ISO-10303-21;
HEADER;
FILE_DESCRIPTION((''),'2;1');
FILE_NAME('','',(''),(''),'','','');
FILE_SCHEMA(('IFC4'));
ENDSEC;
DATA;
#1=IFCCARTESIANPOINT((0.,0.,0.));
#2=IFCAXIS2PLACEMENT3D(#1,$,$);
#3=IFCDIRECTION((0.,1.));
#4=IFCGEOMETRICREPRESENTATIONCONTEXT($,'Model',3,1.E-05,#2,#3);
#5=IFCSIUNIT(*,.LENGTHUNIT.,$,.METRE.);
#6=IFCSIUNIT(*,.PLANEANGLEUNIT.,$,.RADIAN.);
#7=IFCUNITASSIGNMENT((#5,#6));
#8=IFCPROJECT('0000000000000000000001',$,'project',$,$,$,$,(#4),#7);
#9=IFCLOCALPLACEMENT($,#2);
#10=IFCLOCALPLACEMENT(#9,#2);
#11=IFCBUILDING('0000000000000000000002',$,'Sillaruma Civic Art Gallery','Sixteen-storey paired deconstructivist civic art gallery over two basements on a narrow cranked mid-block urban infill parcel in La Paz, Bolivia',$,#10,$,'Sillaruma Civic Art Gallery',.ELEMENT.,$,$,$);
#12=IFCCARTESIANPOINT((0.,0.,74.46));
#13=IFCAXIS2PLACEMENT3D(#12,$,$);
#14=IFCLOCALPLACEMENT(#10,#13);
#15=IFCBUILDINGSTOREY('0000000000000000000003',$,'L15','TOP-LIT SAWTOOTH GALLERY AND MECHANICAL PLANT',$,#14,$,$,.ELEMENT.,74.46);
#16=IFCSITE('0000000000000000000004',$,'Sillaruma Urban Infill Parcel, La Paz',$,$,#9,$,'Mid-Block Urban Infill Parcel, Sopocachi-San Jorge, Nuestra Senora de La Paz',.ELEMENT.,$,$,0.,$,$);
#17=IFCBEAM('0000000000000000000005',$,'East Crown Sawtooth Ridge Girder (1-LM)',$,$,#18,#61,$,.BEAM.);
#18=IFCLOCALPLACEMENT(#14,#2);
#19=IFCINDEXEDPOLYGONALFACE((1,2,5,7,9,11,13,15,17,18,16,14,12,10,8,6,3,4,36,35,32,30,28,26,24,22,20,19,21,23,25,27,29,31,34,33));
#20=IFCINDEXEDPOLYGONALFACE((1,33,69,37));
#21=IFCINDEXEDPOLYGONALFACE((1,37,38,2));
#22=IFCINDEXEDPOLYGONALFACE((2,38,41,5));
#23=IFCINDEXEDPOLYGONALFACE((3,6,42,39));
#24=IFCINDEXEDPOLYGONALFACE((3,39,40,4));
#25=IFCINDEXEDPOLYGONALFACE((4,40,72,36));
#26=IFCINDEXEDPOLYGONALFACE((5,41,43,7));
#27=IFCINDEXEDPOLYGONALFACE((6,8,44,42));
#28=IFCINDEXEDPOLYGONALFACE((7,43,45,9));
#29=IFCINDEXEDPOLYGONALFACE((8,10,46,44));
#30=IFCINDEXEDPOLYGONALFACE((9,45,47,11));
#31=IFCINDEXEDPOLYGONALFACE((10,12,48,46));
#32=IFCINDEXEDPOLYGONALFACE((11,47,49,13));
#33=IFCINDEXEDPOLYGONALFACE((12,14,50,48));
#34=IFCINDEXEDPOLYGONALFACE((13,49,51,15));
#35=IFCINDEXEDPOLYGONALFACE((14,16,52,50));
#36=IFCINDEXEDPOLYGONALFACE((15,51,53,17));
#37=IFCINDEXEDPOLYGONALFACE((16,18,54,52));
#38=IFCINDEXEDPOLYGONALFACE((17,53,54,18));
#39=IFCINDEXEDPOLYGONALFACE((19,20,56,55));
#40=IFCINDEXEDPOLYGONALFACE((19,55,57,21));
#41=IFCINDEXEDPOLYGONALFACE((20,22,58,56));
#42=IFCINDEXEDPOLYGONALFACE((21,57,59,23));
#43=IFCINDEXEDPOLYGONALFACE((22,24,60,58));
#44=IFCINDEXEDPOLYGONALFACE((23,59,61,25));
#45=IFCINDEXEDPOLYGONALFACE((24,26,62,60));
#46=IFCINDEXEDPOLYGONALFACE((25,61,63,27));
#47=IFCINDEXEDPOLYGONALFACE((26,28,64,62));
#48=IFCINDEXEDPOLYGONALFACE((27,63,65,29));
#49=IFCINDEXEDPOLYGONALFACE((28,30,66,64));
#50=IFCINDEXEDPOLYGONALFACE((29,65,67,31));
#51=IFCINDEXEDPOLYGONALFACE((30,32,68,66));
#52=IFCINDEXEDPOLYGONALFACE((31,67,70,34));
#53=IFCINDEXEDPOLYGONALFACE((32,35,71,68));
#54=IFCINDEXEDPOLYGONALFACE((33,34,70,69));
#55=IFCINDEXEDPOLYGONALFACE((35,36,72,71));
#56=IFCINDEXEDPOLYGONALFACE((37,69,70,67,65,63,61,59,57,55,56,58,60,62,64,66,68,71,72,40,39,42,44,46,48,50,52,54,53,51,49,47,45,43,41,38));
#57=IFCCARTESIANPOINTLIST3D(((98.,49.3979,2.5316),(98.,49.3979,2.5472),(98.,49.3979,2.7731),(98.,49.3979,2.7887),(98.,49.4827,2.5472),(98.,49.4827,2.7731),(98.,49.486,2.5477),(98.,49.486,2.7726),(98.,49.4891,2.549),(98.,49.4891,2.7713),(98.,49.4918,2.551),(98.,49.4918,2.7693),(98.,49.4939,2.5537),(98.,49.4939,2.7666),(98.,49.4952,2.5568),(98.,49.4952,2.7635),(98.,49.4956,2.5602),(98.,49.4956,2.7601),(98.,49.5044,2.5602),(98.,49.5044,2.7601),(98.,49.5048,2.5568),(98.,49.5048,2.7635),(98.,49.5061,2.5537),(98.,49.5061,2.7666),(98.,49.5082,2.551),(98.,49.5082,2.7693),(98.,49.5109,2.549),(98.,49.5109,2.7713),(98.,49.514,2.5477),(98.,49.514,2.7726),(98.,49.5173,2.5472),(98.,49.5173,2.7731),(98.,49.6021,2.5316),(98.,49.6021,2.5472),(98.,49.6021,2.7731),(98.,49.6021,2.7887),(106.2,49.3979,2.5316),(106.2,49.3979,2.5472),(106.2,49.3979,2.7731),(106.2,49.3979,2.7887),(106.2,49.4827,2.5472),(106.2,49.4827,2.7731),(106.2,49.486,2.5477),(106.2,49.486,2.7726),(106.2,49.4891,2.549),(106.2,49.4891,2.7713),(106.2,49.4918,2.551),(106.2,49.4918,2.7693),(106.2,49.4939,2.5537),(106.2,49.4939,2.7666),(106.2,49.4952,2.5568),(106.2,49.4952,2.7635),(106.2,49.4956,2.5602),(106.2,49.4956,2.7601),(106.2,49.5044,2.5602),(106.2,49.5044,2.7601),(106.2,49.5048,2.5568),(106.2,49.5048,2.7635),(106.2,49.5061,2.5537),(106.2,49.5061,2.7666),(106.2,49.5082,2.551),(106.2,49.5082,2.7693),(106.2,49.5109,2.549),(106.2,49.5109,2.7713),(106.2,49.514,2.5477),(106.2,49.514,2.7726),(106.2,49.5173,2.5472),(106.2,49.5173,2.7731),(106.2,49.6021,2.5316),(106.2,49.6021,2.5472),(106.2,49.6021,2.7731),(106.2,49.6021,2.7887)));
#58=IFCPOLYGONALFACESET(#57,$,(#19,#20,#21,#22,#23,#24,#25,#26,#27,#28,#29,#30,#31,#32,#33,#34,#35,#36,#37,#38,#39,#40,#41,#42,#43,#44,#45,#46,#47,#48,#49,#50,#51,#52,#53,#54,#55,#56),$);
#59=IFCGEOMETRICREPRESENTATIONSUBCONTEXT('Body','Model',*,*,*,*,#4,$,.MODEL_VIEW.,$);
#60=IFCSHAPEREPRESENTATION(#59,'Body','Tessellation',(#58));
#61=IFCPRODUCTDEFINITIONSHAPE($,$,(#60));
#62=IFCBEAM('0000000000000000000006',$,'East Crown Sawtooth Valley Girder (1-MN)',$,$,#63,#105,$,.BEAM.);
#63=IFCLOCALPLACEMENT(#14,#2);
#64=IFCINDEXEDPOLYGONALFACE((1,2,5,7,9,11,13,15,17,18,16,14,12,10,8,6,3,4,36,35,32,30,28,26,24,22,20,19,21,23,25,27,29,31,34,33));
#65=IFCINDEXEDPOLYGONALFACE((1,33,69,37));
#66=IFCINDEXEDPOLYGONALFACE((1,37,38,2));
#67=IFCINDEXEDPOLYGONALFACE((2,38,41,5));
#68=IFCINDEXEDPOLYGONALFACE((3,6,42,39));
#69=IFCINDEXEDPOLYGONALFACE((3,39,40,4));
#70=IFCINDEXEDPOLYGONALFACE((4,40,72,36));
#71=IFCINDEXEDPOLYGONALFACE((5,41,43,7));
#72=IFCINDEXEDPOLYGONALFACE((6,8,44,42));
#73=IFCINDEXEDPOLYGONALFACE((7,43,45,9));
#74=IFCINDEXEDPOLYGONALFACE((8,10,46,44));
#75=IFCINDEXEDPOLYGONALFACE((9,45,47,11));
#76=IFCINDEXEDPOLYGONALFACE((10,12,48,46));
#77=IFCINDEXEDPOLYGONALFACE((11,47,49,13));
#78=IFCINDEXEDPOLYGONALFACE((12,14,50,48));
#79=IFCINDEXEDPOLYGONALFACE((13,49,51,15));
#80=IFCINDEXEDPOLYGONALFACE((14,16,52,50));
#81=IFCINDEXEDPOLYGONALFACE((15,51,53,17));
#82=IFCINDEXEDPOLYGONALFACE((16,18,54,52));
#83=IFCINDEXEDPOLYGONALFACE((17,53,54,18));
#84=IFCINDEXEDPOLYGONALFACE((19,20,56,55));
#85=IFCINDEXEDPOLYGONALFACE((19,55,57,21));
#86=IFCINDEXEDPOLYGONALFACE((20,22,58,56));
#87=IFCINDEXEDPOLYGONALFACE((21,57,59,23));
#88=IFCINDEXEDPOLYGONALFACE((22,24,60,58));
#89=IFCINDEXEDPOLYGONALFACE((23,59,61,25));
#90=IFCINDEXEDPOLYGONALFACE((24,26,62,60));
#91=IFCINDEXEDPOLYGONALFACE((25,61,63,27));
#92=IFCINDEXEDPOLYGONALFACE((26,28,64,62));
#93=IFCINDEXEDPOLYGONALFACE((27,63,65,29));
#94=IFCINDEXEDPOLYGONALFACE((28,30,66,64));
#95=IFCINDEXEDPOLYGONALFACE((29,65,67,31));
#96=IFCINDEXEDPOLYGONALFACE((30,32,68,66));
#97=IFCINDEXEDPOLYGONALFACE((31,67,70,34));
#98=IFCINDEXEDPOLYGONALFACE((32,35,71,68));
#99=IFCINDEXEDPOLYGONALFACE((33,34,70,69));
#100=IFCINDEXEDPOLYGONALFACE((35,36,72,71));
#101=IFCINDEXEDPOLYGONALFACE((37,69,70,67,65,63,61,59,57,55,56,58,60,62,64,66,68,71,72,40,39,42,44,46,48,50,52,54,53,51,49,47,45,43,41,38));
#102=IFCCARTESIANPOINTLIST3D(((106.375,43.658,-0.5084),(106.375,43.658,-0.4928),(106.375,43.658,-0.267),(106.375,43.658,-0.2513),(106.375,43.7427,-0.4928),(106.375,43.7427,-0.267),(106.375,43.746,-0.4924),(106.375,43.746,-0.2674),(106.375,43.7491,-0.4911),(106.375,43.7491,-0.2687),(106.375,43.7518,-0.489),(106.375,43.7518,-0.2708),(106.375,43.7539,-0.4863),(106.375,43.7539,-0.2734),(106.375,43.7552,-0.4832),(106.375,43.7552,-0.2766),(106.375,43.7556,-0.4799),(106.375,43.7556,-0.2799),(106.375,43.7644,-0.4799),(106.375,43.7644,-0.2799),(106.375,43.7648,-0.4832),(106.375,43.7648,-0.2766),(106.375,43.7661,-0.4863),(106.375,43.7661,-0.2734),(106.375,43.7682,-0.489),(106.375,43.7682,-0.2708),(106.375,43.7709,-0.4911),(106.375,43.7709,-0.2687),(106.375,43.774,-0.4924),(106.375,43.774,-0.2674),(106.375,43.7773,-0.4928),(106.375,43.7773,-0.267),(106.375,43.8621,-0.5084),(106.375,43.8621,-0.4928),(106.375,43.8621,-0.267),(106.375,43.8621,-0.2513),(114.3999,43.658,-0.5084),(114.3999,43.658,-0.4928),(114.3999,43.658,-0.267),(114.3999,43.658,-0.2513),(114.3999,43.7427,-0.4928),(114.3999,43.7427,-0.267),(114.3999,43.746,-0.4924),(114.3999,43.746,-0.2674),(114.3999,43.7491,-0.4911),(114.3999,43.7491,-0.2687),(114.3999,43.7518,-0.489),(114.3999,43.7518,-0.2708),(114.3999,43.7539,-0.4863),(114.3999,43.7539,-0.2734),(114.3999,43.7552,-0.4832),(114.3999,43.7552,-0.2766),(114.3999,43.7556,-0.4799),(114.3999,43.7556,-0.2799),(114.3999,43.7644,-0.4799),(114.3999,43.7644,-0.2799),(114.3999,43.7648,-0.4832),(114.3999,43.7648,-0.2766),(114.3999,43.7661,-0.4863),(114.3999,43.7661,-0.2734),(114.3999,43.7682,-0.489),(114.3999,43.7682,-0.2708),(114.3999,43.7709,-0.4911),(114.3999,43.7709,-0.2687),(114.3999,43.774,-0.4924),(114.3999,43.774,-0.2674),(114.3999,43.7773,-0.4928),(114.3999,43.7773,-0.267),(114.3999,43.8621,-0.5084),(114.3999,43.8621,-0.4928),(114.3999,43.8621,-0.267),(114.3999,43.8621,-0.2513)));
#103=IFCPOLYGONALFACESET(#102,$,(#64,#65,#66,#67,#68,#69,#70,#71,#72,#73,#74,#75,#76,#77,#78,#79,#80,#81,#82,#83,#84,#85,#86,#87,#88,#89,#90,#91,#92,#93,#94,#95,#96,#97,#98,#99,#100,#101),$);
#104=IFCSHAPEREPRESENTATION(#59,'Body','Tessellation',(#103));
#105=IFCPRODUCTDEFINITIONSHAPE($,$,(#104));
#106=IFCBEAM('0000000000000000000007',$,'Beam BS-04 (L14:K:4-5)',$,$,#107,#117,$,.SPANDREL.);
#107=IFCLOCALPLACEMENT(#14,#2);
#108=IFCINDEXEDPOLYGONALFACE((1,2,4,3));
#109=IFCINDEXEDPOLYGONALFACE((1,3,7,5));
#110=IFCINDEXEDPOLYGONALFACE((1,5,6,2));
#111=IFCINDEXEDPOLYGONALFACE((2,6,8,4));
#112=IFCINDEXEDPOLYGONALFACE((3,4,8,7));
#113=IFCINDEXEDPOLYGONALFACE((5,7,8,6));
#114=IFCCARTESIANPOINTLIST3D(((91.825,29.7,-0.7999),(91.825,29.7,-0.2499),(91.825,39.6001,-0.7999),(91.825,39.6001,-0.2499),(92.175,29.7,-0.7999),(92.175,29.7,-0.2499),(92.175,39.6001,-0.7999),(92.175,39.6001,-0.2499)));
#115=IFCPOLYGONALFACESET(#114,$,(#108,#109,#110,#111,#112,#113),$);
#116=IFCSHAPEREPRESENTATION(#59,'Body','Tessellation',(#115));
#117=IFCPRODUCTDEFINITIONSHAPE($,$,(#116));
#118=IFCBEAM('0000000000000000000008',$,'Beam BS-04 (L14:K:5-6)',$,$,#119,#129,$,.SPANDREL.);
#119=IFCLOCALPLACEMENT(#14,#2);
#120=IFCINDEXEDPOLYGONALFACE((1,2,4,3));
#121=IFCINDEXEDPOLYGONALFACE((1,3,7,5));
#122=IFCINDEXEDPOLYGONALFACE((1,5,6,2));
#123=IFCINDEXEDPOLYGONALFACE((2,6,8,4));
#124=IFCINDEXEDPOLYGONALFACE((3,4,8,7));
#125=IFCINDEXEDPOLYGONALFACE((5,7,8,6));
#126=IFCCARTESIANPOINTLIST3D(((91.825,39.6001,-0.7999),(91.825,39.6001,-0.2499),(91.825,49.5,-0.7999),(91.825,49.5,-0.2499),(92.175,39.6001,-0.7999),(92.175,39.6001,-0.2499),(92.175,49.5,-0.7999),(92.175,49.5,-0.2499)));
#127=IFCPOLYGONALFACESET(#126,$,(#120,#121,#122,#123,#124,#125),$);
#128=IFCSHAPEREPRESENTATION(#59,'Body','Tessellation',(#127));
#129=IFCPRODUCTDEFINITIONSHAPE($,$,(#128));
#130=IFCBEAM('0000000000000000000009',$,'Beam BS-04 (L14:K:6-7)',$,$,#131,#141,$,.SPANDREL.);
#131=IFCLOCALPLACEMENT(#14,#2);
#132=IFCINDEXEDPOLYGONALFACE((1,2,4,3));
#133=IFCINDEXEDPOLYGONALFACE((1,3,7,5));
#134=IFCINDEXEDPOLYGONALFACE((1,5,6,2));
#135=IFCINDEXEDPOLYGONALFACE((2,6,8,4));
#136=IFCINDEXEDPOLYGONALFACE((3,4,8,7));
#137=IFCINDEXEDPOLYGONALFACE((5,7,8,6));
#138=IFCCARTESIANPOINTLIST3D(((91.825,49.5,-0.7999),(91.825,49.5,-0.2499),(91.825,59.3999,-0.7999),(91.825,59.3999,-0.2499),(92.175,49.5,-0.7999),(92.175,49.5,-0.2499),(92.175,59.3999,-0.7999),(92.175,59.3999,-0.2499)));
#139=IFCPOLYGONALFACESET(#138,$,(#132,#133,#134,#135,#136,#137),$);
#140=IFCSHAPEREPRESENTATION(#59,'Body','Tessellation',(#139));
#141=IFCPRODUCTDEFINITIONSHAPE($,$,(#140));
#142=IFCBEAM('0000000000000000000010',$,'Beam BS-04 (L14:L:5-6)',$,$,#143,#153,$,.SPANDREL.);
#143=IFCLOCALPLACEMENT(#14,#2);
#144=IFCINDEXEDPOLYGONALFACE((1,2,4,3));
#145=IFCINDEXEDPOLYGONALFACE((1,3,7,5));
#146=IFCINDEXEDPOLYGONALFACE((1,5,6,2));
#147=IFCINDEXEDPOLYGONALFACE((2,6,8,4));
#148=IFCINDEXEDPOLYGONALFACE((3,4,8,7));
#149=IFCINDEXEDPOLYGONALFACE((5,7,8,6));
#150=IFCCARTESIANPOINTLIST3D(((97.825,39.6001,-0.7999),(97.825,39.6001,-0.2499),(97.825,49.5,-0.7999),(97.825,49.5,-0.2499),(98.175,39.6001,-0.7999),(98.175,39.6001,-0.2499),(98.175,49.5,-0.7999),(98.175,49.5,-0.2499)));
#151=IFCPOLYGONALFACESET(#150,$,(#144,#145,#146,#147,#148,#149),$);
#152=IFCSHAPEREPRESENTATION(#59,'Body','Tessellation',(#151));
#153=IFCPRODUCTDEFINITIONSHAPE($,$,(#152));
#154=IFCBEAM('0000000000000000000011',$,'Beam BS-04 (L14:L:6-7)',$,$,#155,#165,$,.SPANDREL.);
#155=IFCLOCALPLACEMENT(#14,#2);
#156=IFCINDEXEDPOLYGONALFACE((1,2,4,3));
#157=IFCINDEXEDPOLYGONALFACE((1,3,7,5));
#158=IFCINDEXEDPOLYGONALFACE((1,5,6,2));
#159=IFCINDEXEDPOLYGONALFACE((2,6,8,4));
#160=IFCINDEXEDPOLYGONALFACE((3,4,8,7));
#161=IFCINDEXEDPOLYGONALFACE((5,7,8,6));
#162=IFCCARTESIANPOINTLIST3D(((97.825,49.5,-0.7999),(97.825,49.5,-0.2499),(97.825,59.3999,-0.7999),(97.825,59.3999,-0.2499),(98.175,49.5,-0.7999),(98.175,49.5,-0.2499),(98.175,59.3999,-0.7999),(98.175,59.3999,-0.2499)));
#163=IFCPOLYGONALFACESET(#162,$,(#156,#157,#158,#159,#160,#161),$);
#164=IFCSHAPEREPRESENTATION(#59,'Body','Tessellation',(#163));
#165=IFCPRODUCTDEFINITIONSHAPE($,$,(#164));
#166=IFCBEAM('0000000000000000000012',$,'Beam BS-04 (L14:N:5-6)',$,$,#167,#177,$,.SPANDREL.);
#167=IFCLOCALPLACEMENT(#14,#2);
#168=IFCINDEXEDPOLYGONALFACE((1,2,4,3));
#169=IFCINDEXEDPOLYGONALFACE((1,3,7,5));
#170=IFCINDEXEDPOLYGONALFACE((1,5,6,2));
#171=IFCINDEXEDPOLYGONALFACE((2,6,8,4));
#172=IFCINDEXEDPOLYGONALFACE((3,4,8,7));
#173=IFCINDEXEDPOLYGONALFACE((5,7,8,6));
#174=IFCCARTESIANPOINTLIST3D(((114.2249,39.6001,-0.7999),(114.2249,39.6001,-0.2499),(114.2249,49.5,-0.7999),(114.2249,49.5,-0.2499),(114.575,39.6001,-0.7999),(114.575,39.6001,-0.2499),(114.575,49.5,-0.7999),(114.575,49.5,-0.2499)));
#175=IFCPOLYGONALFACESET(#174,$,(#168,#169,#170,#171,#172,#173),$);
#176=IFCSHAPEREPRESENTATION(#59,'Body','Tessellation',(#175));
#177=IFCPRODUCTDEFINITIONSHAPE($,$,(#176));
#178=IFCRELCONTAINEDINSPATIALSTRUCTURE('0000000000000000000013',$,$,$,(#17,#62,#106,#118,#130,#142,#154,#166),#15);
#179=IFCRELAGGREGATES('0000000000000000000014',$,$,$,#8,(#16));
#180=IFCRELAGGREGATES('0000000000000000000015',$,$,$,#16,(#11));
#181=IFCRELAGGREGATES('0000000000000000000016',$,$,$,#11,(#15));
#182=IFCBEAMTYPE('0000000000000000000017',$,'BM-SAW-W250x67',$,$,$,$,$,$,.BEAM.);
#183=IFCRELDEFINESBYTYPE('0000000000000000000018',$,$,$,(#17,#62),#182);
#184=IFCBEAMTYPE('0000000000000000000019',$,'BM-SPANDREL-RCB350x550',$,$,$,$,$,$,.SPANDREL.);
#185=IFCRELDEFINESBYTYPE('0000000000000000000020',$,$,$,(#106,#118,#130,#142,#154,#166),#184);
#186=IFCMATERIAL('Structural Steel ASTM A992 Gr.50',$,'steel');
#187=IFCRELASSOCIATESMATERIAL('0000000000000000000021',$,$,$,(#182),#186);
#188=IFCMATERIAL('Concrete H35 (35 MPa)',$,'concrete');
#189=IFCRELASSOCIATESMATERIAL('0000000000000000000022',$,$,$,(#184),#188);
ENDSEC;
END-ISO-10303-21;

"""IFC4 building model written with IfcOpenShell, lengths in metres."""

from ifc_helpers import new_model, si_unit, direction, frame, origin, origin_2d, place, context, subcontext, project, spatial, rectangle, i_section, extrude, material, material_profile, profile_set, type_object, element, save


model = new_model("IFC4")

# Units and contexts
model_context = context("Model", 3, precision=1e-05, world=origin(), true_north=direction((0.0, 1.0)))
body_context = subcontext(model_context, "Body", "Model", "MODEL_VIEW")
ifc_project = project(units=[si_unit("LENGTHUNIT", "METRE"), si_unit("PLANEANGLEUNIT", "RADIAN")], contexts=[model_context])

# Site, building, storey
site_placement = place(None, origin())
site = spatial("IfcSite", under=ifc_project, at=site_placement, Name="Sillaruma Urban Infill Parcel, La Paz", LongName="Mid-Block Urban Infill Parcel, Sopocachi-San Jorge, Nuestra Senora de La Paz", CompositionType="ELEMENT", RefElevation=0.0)
building_placement = place(site_placement, origin())
building = spatial("IfcBuilding", under=site, at=building_placement, Name="Sillaruma Civic Art Gallery", Description="Sixteen-storey paired deconstructivist civic art gallery over two basements on a narrow cranked mid-block urban infill parcel in La Paz, Bolivia", LongName="Sillaruma Civic Art Gallery", CompositionType="ELEMENT")
storey_placement = place(building_placement, frame((0.0, 0.0, 74.46)))
storey = spatial("IfcBuildingStorey", under=building, at=storey_placement, Name="L15", Description="TOP-LIT SAWTOOTH GALLERY AND MECHANICAL PLANT", CompositionType="ELEMENT", Elevation=74.46)

# Beams
ifc_material_1 = material(Name="Concrete H35 (35 MPa)", Category="concrete")
ifc_material_2 = material(Name="Structural Steel ASTM A992 Gr.50", Category="steel")
ifc_material_profile_1 = material_profile(ifc_material_2, i_section(OverallWidth=0.2041, OverallDepth=0.2571, WebThickness=0.0088, FlangeThickness=0.0156, FilletRadius=0.0129, at=origin_2d()), Name="W250x67")
ifc_profile_set_1 = profile_set([ifc_material_profile_1], Name="Structural Steel ASTM A992 Gr.50")
beam_type_1 = type_object("IfcBeamType", Name="BM-SAW-W250x67", PredefinedType="BEAM", material=ifc_profile_set_1)
beam_1_placement = place(storey_placement, frame((98.0, 49.5, 2.6602), z_axis=(1.0, 0.0, 0.0), x_axis=(0.0, 1.0, 0.0)))
element("IfcBeam", 1, at=beam_1_placement, inside=storey, type_object=beam_type_1, Name="East Crown Sawtooth Ridge Girder (1-LM)", PredefinedType="BEAM", context=body_context, shape_type="SweptSolid", body=[
    extrude(i_section(OverallWidth=0.2041, OverallDepth=0.2571, WebThickness=0.0088, FlangeThickness=0.0156, FilletRadius=0.0129, at=origin_2d()), origin(), (0.0, 0.0, 1.0), 8.2),
])
beam_2_placement = place(storey_placement, frame((106.375, 43.76, -0.3799), z_axis=(1.0, 0.0, 0.0), x_axis=(0.0, 1.0, 0.0)))
element("IfcBeam", 2, at=beam_2_placement, inside=storey, type_object=beam_type_1, Name="East Crown Sawtooth Valley Girder (1-MN)", PredefinedType="BEAM", context=body_context, shape_type="SweptSolid", body=[
    extrude(i_section(OverallWidth=0.2041, OverallDepth=0.2571, WebThickness=0.0088, FlangeThickness=0.0156, FilletRadius=0.0129, at=origin_2d()), origin(), (0.0, 0.0, 1.0), 8.0249),
])
ifc_material_profile_2 = material_profile(ifc_material_1, rectangle(XDim=0.3501, YDim=0.55, at=origin_2d()), Name="RCB350x550")
ifc_profile_set_2 = profile_set([ifc_material_profile_2], Name="Concrete H35 (35 MPa)")
beam_type_2 = type_object("IfcBeamType", Name="BM-SPANDREL-RCB350x550", PredefinedType="SPANDREL", material=ifc_profile_set_2)
beam_3_placement = place(storey_placement, frame((92.0, 29.7, -0.5249), z_axis=(0.0, 1.0, 0.0), x_axis=(-1.0, 0.0, 0.0)))
element("IfcBeam", 3, at=beam_3_placement, inside=storey, type_object=beam_type_2, Name="Beam BS-04 (L14:K:4-5)", PredefinedType="SPANDREL", context=body_context, shape_type="SweptSolid", body=[
    extrude(rectangle(XDim=0.3501, YDim=0.55, at=origin_2d()), origin(), (0.0, 0.0, 1.0), 9.9001),
])
for number, where, z_axis, x_axis, name in (
    (4, (92.0, 39.6001, -0.5249), (0.0, 1.0, 0.0), (-1.0, 0.0, 0.0), "Beam BS-04 (L14:K:5-6)"),
    (5, (92.0, 49.5, -0.5249), (0.0, 1.0, 0.0), (-1.0, 0.0, 0.0), "Beam BS-04 (L14:K:6-7)"),
    (6, (98.0, 39.6001, -0.5249), (0.0, 1.0, 0.0), (-1.0, 0.0, 0.0), "Beam BS-04 (L14:L:5-6)"),
    (7, (98.0, 49.5, -0.5249), (0.0, 1.0, 0.0), (-1.0, 0.0, 0.0), "Beam BS-04 (L14:L:6-7)"),
    (8, (114.3999, 39.6001, -0.5249), (0.0, 1.0, 0.0), (-1.0, 0.0, 0.0), "Beam BS-04 (L14:N:5-6)"),
):
    element("IfcBeam", number, at=place(storey_placement, frame(where, z_axis=z_axis, x_axis=x_axis)), inside=storey, type_object=beam_type_2, Name=name, PredefinedType="SPANDREL", context=body_context, shape_type="SweptSolid", body=[
        extrude(rectangle(XDim=0.3501, YDim=0.55, at=origin_2d()), origin(), (0.0, 0.0, 1.0), 9.8999),
    ])

save(model, "model.ifc")
